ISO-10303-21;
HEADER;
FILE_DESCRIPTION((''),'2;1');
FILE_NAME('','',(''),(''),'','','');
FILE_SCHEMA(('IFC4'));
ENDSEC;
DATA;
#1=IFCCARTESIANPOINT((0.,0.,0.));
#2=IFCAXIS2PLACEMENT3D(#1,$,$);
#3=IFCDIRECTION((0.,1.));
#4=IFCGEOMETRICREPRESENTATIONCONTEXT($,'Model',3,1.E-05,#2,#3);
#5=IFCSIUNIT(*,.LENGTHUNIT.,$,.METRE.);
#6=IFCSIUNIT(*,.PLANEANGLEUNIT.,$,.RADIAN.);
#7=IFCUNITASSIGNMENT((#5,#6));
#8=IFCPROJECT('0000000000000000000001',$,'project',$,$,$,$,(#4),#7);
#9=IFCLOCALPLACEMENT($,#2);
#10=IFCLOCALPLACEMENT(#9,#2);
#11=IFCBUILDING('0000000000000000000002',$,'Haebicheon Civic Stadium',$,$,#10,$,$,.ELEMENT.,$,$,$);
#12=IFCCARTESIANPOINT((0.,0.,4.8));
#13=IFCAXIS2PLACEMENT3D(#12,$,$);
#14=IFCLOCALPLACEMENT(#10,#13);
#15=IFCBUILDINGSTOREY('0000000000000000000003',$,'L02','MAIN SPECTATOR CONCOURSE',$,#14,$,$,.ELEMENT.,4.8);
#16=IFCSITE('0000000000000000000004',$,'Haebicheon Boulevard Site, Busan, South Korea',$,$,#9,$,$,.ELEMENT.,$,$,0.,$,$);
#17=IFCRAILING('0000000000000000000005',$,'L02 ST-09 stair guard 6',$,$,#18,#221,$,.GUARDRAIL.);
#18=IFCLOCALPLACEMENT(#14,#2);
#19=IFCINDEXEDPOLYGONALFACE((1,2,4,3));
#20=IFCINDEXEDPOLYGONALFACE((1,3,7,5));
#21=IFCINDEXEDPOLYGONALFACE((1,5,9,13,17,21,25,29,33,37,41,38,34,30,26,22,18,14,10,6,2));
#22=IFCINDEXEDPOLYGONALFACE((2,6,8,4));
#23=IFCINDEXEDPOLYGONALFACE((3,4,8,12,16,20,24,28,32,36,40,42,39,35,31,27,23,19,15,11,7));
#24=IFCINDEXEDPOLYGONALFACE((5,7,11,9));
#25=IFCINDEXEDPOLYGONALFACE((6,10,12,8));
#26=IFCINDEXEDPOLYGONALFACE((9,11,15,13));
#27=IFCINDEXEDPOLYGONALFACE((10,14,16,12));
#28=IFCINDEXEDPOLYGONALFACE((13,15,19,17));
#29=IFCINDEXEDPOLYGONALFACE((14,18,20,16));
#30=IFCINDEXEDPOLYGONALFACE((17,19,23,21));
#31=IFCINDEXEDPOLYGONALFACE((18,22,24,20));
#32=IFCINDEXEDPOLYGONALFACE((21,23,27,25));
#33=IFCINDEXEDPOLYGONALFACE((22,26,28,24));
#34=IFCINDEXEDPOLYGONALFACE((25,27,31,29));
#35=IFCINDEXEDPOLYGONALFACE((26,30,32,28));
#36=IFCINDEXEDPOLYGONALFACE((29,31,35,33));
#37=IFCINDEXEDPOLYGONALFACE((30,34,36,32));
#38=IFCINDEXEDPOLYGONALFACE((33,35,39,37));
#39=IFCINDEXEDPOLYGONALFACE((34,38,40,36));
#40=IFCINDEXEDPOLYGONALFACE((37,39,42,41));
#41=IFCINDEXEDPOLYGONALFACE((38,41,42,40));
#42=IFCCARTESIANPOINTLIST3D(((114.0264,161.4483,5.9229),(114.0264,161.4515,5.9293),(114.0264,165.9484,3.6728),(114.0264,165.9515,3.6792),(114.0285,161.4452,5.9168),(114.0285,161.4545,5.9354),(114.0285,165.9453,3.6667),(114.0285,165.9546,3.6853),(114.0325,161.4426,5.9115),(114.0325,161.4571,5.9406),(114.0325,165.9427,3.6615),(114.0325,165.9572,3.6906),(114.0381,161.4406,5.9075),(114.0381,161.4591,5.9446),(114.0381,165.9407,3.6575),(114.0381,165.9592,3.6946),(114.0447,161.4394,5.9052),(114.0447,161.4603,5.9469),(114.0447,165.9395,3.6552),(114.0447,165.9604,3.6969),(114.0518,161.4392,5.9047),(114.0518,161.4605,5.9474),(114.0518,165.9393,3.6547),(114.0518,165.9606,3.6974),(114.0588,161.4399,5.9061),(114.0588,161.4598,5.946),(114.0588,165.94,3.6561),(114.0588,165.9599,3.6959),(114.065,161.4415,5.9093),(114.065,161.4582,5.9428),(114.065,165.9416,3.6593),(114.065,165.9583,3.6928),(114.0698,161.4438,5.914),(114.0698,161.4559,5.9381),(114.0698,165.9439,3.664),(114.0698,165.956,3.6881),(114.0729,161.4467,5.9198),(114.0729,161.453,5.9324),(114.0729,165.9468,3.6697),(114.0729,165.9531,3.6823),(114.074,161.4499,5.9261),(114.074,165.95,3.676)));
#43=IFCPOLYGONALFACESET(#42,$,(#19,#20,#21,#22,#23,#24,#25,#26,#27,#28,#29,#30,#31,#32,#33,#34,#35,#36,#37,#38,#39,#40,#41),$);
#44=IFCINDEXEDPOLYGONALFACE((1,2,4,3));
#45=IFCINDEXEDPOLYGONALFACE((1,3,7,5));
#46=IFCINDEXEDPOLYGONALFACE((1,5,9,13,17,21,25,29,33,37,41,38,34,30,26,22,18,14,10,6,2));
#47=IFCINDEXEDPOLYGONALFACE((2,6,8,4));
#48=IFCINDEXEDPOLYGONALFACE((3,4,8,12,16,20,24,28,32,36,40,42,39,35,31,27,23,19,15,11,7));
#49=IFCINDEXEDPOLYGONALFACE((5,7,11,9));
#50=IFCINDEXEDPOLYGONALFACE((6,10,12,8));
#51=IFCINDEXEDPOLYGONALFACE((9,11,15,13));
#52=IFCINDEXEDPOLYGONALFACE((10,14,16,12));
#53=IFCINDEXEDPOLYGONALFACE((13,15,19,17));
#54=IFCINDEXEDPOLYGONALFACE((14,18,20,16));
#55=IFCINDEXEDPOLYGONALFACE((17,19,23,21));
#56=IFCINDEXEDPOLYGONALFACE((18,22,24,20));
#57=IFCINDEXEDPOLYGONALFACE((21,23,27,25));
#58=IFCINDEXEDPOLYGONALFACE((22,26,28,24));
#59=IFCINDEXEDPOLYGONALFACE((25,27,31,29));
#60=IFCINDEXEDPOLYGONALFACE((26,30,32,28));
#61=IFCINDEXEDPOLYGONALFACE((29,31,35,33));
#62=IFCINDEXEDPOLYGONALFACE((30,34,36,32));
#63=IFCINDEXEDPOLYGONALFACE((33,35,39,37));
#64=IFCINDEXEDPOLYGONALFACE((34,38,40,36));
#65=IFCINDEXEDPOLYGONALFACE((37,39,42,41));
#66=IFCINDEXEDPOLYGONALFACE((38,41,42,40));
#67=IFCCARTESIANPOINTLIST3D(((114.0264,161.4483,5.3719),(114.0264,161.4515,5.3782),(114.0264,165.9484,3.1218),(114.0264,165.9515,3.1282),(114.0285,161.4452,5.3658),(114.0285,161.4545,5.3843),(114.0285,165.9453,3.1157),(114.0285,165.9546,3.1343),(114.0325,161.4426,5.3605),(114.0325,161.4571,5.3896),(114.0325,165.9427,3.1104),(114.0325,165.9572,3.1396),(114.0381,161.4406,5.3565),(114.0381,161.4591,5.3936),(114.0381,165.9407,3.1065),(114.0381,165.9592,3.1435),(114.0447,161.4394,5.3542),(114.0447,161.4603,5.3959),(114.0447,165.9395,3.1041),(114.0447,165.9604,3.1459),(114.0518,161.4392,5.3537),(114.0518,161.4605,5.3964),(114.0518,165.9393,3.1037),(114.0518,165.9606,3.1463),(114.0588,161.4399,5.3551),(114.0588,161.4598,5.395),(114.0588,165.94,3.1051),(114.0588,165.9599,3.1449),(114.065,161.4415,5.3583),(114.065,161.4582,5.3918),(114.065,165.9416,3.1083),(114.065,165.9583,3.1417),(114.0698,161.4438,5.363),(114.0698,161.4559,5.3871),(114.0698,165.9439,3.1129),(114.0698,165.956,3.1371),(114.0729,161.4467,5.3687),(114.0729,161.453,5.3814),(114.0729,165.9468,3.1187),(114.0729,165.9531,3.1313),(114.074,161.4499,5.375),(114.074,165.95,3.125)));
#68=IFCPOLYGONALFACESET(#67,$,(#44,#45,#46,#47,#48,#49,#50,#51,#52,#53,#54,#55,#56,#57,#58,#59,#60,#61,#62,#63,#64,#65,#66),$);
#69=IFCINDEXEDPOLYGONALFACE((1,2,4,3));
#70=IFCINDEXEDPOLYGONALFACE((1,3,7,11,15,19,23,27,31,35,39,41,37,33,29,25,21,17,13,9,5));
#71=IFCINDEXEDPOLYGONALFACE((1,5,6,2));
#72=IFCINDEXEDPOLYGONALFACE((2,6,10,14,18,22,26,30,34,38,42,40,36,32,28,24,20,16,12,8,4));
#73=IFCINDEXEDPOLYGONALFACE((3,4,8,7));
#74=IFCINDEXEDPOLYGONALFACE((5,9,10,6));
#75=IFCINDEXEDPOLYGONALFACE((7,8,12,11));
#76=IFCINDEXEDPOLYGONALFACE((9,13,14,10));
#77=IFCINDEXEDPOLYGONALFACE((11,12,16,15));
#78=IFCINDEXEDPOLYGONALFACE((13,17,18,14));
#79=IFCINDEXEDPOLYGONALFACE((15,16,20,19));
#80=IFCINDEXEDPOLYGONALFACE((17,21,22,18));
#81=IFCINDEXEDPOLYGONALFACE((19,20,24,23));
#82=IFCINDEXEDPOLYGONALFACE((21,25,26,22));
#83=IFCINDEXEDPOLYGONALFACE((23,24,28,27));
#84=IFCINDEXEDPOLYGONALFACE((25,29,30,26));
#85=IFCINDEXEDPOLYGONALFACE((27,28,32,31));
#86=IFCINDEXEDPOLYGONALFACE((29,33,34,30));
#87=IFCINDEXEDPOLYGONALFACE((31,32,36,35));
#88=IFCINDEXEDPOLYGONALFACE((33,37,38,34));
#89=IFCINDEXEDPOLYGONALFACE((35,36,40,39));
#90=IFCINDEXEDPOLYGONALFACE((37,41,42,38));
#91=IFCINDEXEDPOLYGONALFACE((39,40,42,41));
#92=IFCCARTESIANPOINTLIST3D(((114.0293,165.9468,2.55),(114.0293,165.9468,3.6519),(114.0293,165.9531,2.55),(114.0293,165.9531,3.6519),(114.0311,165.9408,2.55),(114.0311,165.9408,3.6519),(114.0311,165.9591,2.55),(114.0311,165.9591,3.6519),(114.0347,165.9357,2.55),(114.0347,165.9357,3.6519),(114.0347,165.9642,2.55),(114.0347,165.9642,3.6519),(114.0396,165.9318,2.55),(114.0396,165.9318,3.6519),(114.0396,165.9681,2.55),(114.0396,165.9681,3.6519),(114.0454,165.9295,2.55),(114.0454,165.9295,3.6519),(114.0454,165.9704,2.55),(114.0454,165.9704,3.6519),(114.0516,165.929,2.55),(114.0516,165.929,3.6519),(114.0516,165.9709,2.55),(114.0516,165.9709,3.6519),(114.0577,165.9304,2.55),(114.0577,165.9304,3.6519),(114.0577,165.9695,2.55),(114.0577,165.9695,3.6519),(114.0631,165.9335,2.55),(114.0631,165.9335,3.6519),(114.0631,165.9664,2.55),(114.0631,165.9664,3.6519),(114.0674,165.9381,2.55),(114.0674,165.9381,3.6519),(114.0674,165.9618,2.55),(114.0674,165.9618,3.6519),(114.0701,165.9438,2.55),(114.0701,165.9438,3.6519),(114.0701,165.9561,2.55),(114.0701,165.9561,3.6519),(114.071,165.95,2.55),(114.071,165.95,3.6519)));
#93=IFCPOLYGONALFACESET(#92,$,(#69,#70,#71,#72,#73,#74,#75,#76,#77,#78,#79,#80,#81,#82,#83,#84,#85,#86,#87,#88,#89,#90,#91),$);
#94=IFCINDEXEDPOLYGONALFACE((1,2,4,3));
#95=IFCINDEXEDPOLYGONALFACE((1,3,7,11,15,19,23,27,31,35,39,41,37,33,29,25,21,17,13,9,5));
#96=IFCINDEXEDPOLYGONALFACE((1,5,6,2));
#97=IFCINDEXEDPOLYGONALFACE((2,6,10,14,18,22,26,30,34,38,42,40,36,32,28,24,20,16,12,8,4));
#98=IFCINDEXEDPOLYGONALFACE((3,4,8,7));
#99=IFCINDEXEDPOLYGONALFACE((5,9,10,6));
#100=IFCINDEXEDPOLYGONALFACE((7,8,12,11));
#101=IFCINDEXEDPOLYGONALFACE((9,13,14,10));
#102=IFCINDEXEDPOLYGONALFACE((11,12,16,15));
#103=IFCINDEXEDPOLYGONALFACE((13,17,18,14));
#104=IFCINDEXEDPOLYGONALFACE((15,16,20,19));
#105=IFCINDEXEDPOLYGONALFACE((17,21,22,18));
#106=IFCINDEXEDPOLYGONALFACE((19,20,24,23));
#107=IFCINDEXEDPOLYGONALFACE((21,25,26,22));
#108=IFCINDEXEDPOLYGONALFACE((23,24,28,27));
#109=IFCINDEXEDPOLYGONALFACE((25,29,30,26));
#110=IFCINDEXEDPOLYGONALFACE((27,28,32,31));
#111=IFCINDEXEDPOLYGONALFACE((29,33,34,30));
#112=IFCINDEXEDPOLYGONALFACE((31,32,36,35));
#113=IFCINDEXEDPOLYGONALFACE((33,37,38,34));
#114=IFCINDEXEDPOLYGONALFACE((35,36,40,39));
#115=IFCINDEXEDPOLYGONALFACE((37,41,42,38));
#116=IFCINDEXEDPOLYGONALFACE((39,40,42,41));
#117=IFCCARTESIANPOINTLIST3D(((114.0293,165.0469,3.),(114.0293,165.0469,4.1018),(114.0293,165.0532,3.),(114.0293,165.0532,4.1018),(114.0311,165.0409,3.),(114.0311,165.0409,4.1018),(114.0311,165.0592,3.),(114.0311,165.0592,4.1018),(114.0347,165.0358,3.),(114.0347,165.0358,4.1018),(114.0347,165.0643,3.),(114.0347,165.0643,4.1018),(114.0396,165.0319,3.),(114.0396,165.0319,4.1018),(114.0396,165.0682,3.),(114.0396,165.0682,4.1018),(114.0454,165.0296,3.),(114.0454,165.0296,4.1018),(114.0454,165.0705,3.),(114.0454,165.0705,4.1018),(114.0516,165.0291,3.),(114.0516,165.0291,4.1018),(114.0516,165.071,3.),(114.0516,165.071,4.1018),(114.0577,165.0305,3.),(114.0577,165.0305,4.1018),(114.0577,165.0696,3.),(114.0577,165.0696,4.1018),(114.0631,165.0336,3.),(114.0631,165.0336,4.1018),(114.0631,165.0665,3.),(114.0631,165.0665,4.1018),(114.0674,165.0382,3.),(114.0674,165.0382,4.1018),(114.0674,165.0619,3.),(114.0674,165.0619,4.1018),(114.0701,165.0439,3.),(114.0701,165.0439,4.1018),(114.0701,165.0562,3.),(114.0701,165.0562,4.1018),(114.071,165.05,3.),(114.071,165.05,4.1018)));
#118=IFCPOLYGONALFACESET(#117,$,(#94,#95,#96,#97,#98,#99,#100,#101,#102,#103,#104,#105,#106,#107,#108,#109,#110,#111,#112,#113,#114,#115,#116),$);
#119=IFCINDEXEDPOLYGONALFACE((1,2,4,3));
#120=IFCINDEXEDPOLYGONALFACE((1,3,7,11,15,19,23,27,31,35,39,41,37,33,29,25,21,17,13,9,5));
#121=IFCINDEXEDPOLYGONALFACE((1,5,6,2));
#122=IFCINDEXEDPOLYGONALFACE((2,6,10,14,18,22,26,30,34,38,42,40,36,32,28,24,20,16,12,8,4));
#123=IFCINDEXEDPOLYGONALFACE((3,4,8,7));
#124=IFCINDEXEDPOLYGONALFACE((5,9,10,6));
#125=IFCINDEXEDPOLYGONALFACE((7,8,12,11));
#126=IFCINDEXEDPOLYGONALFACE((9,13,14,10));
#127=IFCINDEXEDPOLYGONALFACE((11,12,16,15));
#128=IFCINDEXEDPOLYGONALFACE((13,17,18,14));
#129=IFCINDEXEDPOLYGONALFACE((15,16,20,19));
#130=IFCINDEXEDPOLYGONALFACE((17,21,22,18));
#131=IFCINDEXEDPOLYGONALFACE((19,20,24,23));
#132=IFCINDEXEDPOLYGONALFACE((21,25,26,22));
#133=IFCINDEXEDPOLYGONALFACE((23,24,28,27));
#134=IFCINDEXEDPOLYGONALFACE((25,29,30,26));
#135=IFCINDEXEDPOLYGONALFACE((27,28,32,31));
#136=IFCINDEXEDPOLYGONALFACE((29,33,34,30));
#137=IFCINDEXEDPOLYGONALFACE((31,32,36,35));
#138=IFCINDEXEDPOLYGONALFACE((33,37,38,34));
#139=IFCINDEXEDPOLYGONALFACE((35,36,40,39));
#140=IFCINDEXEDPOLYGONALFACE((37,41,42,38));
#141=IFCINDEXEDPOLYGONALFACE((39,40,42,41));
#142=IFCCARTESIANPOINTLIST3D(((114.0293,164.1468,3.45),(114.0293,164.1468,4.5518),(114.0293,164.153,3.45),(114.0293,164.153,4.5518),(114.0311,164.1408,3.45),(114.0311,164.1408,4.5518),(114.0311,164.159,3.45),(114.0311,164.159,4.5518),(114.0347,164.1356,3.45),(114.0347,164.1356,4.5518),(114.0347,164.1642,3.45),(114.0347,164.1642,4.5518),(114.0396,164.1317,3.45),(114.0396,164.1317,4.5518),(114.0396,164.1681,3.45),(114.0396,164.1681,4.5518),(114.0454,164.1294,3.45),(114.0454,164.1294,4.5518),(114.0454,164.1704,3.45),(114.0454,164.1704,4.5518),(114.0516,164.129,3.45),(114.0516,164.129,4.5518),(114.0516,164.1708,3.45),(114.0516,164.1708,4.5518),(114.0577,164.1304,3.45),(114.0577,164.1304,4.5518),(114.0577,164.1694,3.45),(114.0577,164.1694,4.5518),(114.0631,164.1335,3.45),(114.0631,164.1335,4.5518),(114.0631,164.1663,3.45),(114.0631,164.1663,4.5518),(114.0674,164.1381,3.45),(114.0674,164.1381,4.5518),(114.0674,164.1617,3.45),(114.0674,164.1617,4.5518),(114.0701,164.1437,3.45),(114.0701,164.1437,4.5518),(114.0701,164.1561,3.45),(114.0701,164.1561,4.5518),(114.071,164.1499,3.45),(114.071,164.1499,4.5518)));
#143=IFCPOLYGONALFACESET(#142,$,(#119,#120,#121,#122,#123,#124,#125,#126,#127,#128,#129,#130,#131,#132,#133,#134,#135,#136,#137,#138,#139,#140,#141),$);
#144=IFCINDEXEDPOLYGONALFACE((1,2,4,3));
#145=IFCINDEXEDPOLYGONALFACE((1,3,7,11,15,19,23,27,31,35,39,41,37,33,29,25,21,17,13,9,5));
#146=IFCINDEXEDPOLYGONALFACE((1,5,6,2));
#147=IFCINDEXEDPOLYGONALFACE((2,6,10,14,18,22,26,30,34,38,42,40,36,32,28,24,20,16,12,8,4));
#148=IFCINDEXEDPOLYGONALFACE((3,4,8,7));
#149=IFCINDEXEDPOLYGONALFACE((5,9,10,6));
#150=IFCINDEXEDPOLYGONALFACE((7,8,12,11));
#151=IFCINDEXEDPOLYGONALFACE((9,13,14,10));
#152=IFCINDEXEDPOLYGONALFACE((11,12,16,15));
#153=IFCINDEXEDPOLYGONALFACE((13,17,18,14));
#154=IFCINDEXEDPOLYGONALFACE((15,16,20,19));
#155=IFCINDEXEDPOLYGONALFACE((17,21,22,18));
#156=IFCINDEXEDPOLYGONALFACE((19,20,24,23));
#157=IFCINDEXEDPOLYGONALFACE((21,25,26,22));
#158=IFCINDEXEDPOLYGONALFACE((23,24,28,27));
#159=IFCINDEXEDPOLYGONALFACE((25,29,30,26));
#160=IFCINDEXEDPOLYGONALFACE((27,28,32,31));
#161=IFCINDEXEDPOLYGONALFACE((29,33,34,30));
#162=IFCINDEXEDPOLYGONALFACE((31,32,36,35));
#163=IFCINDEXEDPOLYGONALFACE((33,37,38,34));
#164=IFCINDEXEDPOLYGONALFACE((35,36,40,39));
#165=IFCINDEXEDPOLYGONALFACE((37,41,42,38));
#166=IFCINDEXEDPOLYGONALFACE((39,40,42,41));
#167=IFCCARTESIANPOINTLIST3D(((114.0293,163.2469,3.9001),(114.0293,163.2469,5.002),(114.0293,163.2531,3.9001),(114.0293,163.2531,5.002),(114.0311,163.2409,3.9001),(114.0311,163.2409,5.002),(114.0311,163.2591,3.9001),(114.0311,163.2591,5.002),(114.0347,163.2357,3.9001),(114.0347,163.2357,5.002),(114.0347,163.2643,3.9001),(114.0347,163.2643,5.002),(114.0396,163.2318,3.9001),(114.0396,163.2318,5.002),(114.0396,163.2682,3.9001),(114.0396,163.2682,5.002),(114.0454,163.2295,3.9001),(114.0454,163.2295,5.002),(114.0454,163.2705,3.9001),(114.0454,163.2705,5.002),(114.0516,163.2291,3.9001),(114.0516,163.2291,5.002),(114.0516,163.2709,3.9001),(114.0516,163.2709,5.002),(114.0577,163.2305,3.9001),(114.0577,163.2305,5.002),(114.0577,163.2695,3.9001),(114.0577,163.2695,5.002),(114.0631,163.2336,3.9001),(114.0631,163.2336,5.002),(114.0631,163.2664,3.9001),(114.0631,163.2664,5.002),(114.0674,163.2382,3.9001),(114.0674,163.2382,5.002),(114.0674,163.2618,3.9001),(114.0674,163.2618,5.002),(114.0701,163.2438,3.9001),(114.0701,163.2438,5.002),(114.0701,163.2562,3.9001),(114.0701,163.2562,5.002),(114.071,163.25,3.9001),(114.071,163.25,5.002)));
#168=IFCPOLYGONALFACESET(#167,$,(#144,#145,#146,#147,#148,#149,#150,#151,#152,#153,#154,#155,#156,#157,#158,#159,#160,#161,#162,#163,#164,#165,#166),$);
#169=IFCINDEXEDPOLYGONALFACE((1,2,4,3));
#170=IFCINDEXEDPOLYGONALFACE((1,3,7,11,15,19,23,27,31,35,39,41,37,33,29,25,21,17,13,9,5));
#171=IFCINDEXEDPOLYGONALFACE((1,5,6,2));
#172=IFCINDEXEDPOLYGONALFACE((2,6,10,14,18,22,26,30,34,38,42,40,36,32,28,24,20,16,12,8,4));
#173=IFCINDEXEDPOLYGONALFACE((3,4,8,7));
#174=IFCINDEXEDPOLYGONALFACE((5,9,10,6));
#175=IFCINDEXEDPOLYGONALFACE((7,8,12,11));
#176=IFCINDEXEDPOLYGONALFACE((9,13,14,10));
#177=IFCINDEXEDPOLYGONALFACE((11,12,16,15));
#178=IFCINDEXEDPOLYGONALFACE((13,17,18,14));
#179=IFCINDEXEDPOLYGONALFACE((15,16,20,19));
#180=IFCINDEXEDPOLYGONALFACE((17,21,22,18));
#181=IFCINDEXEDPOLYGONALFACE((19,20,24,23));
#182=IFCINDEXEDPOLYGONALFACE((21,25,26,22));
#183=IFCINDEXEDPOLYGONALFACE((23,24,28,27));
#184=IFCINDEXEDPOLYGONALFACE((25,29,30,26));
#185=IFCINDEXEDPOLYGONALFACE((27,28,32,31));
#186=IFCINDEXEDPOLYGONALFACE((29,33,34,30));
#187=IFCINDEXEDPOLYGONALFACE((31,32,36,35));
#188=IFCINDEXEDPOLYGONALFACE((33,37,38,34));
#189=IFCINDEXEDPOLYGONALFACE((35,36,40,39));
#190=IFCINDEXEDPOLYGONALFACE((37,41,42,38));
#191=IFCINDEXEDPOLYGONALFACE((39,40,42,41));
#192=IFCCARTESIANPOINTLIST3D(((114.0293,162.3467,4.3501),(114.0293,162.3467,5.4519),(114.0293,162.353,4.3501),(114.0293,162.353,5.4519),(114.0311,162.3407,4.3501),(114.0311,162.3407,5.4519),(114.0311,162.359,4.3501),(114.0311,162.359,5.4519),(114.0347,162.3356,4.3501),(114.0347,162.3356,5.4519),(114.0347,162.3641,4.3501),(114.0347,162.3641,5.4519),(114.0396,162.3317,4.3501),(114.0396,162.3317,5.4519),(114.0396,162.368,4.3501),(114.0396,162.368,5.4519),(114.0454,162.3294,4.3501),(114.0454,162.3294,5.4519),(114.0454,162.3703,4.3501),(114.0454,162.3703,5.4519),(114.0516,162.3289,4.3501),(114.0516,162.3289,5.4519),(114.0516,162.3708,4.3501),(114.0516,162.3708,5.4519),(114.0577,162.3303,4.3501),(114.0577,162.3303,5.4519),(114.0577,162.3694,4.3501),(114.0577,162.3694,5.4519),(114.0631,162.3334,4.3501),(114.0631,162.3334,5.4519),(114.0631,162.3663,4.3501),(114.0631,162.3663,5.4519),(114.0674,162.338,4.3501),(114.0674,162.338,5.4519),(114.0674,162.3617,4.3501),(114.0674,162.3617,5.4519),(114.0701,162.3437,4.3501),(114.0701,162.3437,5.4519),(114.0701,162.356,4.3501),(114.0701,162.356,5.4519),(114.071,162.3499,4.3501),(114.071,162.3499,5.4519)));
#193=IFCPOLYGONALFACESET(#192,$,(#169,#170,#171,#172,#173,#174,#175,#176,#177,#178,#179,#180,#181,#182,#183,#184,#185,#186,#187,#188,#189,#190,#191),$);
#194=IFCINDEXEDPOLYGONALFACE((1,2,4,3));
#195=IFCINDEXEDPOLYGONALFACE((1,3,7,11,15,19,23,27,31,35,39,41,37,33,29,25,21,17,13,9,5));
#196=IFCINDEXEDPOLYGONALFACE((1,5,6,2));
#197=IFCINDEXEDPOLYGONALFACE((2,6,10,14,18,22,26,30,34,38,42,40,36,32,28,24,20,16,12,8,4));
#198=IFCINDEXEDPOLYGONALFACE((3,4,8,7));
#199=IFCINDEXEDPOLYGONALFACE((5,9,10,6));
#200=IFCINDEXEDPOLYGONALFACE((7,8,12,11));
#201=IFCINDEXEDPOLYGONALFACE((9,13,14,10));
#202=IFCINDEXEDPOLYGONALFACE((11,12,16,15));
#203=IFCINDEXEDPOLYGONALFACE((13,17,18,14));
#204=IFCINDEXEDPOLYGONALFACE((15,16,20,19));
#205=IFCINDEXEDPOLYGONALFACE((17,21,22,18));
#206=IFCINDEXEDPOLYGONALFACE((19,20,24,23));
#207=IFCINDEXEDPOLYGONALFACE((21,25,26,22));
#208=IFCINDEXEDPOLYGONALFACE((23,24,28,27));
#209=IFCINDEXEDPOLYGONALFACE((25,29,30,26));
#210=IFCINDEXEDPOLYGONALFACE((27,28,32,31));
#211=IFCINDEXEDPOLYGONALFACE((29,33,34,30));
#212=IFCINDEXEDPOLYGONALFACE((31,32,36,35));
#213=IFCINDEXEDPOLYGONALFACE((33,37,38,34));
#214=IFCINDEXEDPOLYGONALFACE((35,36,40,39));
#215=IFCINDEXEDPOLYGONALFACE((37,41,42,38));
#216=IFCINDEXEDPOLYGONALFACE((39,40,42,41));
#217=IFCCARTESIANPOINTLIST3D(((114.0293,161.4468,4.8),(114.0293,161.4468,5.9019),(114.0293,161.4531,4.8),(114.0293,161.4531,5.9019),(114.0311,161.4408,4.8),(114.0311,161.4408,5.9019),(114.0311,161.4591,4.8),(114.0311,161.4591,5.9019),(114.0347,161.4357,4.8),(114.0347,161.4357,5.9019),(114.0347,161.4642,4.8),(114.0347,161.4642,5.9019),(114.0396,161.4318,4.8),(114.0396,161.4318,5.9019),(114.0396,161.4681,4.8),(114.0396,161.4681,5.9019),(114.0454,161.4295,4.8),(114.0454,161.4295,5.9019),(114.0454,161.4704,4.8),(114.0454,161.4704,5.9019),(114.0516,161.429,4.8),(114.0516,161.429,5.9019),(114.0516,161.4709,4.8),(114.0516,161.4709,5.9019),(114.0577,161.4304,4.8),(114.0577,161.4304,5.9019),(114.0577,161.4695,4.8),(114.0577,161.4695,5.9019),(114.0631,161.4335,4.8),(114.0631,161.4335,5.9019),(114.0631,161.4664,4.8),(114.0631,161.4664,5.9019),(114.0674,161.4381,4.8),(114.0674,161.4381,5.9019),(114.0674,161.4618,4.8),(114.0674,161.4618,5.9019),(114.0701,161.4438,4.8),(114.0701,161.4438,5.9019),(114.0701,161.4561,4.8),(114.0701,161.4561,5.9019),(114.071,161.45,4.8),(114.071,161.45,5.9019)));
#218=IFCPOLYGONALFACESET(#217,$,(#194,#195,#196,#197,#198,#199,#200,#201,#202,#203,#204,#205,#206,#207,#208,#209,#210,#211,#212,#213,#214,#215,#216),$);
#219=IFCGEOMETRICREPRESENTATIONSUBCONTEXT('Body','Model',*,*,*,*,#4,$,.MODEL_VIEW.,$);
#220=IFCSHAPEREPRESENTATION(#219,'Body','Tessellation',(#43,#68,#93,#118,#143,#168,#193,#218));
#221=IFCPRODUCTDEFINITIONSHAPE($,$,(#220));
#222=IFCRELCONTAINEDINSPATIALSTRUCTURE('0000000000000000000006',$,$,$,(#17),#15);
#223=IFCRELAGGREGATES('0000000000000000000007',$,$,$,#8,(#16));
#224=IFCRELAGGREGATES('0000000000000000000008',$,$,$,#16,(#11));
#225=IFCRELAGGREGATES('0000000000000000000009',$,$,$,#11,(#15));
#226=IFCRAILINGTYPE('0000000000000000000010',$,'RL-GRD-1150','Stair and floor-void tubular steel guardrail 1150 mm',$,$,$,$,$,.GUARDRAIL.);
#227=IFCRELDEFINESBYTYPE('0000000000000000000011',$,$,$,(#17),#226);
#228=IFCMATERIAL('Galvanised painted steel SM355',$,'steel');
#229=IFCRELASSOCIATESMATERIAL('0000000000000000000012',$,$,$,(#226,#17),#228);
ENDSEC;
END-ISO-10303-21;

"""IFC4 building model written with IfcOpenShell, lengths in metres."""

from ifc_helpers import new_model, si_unit, direction, frame, origin, origin_2d, place, context, subcontext, project, spatial, circle, extrude, material, type_object, element, save


model = new_model("IFC4")

# Units and contexts
model_context = context("Model", 3, precision=1e-05, world=origin(), true_north=direction((0.0, 1.0)))
body_context = subcontext(model_context, "Body", "Model", "MODEL_VIEW")
ifc_project = project(units=[si_unit("LENGTHUNIT", "METRE"), si_unit("PLANEANGLEUNIT", "RADIAN")], contexts=[model_context])

# Site, building, storey
site_placement = place(None, origin())
site = spatial("IfcSite", under=ifc_project, at=site_placement, Name="Haebicheon Boulevard Site, Busan, South Korea", CompositionType="ELEMENT", RefElevation=0.0)
building_placement = place(site_placement, origin())
building = spatial("IfcBuilding", under=site, at=building_placement, Name="Haebicheon Civic Stadium", CompositionType="ELEMENT")
storey_placement = place(building_placement, frame((0.0, 0.0, 4.8)))
storey = spatial("IfcBuildingStorey", under=building, at=storey_placement, Name="L02", Description="MAIN SPECTATOR CONCOURSE", CompositionType="ELEMENT", Elevation=4.8)

# Railing
ifc_material_1 = material(Name="Galvanised painted steel SM355", Category="steel")
railing_type_1 = type_object("IfcRailingType", Name="RL-GRD-1150", Description="Stair and floor-void tubular steel guardrail 1150 mm", PredefinedType="GUARDRAIL", material=ifc_material_1)
railing_1_placement = place(storey_placement, frame((114.05, 165.95, 2.55)))
element("IfcRailing", 1, at=railing_1_placement, inside=storey, type_object=railing_type_1, material=ifc_material_1, Name="L02 ST-09 stair guard 6", PredefinedType="GUARDRAIL", context=body_context, shape_type="SweptSolid", body=[
    extrude(circle(Radius=0.0239, at=origin_2d()), frame((0.0, 0.0, 1.126), z_axis=(0.0, -0.894427, 0.447214), x_axis=(1.0, 0.0, 0.0)), (0.0, 0.0, 1.0), 5.0312),
    extrude(circle(Radius=0.0239, at=origin_2d()), frame((0.0, 0.0, 0.575), z_axis=(0.0, -0.894427, 0.447214), x_axis=(1.0, 0.0, 0.0)), (0.0, 0.0, 1.0), 5.0312),
    extrude(circle(Radius=0.021, at=origin_2d()), origin(), (0.0, 0.0, 1.0), 1.1018),
    extrude(circle(Radius=0.021, at=origin_2d()), frame((0.0, -0.8999, 0.45)), (0.0, 0.0, 1.0), 1.1018),
    extrude(circle(Radius=0.021, at=origin_2d()), frame((0.0, -1.8, 0.8999)), (0.0, 0.0, 1.0), 1.1018),
    extrude(circle(Radius=0.021, at=origin_2d()), frame((0.0, -2.7, 1.3501)), (0.0, 0.0, 1.0), 1.1018),
    extrude(circle(Radius=0.021, at=origin_2d()), frame((0.0, -3.6001, 1.8)), (0.0, 0.0, 1.0), 1.1018),
    extrude(circle(Radius=0.021, at=origin_2d()), frame((0.0, -4.5, 2.25)), (0.0, 0.0, 1.0), 1.1018),
])

save(model, "model.ifc")
